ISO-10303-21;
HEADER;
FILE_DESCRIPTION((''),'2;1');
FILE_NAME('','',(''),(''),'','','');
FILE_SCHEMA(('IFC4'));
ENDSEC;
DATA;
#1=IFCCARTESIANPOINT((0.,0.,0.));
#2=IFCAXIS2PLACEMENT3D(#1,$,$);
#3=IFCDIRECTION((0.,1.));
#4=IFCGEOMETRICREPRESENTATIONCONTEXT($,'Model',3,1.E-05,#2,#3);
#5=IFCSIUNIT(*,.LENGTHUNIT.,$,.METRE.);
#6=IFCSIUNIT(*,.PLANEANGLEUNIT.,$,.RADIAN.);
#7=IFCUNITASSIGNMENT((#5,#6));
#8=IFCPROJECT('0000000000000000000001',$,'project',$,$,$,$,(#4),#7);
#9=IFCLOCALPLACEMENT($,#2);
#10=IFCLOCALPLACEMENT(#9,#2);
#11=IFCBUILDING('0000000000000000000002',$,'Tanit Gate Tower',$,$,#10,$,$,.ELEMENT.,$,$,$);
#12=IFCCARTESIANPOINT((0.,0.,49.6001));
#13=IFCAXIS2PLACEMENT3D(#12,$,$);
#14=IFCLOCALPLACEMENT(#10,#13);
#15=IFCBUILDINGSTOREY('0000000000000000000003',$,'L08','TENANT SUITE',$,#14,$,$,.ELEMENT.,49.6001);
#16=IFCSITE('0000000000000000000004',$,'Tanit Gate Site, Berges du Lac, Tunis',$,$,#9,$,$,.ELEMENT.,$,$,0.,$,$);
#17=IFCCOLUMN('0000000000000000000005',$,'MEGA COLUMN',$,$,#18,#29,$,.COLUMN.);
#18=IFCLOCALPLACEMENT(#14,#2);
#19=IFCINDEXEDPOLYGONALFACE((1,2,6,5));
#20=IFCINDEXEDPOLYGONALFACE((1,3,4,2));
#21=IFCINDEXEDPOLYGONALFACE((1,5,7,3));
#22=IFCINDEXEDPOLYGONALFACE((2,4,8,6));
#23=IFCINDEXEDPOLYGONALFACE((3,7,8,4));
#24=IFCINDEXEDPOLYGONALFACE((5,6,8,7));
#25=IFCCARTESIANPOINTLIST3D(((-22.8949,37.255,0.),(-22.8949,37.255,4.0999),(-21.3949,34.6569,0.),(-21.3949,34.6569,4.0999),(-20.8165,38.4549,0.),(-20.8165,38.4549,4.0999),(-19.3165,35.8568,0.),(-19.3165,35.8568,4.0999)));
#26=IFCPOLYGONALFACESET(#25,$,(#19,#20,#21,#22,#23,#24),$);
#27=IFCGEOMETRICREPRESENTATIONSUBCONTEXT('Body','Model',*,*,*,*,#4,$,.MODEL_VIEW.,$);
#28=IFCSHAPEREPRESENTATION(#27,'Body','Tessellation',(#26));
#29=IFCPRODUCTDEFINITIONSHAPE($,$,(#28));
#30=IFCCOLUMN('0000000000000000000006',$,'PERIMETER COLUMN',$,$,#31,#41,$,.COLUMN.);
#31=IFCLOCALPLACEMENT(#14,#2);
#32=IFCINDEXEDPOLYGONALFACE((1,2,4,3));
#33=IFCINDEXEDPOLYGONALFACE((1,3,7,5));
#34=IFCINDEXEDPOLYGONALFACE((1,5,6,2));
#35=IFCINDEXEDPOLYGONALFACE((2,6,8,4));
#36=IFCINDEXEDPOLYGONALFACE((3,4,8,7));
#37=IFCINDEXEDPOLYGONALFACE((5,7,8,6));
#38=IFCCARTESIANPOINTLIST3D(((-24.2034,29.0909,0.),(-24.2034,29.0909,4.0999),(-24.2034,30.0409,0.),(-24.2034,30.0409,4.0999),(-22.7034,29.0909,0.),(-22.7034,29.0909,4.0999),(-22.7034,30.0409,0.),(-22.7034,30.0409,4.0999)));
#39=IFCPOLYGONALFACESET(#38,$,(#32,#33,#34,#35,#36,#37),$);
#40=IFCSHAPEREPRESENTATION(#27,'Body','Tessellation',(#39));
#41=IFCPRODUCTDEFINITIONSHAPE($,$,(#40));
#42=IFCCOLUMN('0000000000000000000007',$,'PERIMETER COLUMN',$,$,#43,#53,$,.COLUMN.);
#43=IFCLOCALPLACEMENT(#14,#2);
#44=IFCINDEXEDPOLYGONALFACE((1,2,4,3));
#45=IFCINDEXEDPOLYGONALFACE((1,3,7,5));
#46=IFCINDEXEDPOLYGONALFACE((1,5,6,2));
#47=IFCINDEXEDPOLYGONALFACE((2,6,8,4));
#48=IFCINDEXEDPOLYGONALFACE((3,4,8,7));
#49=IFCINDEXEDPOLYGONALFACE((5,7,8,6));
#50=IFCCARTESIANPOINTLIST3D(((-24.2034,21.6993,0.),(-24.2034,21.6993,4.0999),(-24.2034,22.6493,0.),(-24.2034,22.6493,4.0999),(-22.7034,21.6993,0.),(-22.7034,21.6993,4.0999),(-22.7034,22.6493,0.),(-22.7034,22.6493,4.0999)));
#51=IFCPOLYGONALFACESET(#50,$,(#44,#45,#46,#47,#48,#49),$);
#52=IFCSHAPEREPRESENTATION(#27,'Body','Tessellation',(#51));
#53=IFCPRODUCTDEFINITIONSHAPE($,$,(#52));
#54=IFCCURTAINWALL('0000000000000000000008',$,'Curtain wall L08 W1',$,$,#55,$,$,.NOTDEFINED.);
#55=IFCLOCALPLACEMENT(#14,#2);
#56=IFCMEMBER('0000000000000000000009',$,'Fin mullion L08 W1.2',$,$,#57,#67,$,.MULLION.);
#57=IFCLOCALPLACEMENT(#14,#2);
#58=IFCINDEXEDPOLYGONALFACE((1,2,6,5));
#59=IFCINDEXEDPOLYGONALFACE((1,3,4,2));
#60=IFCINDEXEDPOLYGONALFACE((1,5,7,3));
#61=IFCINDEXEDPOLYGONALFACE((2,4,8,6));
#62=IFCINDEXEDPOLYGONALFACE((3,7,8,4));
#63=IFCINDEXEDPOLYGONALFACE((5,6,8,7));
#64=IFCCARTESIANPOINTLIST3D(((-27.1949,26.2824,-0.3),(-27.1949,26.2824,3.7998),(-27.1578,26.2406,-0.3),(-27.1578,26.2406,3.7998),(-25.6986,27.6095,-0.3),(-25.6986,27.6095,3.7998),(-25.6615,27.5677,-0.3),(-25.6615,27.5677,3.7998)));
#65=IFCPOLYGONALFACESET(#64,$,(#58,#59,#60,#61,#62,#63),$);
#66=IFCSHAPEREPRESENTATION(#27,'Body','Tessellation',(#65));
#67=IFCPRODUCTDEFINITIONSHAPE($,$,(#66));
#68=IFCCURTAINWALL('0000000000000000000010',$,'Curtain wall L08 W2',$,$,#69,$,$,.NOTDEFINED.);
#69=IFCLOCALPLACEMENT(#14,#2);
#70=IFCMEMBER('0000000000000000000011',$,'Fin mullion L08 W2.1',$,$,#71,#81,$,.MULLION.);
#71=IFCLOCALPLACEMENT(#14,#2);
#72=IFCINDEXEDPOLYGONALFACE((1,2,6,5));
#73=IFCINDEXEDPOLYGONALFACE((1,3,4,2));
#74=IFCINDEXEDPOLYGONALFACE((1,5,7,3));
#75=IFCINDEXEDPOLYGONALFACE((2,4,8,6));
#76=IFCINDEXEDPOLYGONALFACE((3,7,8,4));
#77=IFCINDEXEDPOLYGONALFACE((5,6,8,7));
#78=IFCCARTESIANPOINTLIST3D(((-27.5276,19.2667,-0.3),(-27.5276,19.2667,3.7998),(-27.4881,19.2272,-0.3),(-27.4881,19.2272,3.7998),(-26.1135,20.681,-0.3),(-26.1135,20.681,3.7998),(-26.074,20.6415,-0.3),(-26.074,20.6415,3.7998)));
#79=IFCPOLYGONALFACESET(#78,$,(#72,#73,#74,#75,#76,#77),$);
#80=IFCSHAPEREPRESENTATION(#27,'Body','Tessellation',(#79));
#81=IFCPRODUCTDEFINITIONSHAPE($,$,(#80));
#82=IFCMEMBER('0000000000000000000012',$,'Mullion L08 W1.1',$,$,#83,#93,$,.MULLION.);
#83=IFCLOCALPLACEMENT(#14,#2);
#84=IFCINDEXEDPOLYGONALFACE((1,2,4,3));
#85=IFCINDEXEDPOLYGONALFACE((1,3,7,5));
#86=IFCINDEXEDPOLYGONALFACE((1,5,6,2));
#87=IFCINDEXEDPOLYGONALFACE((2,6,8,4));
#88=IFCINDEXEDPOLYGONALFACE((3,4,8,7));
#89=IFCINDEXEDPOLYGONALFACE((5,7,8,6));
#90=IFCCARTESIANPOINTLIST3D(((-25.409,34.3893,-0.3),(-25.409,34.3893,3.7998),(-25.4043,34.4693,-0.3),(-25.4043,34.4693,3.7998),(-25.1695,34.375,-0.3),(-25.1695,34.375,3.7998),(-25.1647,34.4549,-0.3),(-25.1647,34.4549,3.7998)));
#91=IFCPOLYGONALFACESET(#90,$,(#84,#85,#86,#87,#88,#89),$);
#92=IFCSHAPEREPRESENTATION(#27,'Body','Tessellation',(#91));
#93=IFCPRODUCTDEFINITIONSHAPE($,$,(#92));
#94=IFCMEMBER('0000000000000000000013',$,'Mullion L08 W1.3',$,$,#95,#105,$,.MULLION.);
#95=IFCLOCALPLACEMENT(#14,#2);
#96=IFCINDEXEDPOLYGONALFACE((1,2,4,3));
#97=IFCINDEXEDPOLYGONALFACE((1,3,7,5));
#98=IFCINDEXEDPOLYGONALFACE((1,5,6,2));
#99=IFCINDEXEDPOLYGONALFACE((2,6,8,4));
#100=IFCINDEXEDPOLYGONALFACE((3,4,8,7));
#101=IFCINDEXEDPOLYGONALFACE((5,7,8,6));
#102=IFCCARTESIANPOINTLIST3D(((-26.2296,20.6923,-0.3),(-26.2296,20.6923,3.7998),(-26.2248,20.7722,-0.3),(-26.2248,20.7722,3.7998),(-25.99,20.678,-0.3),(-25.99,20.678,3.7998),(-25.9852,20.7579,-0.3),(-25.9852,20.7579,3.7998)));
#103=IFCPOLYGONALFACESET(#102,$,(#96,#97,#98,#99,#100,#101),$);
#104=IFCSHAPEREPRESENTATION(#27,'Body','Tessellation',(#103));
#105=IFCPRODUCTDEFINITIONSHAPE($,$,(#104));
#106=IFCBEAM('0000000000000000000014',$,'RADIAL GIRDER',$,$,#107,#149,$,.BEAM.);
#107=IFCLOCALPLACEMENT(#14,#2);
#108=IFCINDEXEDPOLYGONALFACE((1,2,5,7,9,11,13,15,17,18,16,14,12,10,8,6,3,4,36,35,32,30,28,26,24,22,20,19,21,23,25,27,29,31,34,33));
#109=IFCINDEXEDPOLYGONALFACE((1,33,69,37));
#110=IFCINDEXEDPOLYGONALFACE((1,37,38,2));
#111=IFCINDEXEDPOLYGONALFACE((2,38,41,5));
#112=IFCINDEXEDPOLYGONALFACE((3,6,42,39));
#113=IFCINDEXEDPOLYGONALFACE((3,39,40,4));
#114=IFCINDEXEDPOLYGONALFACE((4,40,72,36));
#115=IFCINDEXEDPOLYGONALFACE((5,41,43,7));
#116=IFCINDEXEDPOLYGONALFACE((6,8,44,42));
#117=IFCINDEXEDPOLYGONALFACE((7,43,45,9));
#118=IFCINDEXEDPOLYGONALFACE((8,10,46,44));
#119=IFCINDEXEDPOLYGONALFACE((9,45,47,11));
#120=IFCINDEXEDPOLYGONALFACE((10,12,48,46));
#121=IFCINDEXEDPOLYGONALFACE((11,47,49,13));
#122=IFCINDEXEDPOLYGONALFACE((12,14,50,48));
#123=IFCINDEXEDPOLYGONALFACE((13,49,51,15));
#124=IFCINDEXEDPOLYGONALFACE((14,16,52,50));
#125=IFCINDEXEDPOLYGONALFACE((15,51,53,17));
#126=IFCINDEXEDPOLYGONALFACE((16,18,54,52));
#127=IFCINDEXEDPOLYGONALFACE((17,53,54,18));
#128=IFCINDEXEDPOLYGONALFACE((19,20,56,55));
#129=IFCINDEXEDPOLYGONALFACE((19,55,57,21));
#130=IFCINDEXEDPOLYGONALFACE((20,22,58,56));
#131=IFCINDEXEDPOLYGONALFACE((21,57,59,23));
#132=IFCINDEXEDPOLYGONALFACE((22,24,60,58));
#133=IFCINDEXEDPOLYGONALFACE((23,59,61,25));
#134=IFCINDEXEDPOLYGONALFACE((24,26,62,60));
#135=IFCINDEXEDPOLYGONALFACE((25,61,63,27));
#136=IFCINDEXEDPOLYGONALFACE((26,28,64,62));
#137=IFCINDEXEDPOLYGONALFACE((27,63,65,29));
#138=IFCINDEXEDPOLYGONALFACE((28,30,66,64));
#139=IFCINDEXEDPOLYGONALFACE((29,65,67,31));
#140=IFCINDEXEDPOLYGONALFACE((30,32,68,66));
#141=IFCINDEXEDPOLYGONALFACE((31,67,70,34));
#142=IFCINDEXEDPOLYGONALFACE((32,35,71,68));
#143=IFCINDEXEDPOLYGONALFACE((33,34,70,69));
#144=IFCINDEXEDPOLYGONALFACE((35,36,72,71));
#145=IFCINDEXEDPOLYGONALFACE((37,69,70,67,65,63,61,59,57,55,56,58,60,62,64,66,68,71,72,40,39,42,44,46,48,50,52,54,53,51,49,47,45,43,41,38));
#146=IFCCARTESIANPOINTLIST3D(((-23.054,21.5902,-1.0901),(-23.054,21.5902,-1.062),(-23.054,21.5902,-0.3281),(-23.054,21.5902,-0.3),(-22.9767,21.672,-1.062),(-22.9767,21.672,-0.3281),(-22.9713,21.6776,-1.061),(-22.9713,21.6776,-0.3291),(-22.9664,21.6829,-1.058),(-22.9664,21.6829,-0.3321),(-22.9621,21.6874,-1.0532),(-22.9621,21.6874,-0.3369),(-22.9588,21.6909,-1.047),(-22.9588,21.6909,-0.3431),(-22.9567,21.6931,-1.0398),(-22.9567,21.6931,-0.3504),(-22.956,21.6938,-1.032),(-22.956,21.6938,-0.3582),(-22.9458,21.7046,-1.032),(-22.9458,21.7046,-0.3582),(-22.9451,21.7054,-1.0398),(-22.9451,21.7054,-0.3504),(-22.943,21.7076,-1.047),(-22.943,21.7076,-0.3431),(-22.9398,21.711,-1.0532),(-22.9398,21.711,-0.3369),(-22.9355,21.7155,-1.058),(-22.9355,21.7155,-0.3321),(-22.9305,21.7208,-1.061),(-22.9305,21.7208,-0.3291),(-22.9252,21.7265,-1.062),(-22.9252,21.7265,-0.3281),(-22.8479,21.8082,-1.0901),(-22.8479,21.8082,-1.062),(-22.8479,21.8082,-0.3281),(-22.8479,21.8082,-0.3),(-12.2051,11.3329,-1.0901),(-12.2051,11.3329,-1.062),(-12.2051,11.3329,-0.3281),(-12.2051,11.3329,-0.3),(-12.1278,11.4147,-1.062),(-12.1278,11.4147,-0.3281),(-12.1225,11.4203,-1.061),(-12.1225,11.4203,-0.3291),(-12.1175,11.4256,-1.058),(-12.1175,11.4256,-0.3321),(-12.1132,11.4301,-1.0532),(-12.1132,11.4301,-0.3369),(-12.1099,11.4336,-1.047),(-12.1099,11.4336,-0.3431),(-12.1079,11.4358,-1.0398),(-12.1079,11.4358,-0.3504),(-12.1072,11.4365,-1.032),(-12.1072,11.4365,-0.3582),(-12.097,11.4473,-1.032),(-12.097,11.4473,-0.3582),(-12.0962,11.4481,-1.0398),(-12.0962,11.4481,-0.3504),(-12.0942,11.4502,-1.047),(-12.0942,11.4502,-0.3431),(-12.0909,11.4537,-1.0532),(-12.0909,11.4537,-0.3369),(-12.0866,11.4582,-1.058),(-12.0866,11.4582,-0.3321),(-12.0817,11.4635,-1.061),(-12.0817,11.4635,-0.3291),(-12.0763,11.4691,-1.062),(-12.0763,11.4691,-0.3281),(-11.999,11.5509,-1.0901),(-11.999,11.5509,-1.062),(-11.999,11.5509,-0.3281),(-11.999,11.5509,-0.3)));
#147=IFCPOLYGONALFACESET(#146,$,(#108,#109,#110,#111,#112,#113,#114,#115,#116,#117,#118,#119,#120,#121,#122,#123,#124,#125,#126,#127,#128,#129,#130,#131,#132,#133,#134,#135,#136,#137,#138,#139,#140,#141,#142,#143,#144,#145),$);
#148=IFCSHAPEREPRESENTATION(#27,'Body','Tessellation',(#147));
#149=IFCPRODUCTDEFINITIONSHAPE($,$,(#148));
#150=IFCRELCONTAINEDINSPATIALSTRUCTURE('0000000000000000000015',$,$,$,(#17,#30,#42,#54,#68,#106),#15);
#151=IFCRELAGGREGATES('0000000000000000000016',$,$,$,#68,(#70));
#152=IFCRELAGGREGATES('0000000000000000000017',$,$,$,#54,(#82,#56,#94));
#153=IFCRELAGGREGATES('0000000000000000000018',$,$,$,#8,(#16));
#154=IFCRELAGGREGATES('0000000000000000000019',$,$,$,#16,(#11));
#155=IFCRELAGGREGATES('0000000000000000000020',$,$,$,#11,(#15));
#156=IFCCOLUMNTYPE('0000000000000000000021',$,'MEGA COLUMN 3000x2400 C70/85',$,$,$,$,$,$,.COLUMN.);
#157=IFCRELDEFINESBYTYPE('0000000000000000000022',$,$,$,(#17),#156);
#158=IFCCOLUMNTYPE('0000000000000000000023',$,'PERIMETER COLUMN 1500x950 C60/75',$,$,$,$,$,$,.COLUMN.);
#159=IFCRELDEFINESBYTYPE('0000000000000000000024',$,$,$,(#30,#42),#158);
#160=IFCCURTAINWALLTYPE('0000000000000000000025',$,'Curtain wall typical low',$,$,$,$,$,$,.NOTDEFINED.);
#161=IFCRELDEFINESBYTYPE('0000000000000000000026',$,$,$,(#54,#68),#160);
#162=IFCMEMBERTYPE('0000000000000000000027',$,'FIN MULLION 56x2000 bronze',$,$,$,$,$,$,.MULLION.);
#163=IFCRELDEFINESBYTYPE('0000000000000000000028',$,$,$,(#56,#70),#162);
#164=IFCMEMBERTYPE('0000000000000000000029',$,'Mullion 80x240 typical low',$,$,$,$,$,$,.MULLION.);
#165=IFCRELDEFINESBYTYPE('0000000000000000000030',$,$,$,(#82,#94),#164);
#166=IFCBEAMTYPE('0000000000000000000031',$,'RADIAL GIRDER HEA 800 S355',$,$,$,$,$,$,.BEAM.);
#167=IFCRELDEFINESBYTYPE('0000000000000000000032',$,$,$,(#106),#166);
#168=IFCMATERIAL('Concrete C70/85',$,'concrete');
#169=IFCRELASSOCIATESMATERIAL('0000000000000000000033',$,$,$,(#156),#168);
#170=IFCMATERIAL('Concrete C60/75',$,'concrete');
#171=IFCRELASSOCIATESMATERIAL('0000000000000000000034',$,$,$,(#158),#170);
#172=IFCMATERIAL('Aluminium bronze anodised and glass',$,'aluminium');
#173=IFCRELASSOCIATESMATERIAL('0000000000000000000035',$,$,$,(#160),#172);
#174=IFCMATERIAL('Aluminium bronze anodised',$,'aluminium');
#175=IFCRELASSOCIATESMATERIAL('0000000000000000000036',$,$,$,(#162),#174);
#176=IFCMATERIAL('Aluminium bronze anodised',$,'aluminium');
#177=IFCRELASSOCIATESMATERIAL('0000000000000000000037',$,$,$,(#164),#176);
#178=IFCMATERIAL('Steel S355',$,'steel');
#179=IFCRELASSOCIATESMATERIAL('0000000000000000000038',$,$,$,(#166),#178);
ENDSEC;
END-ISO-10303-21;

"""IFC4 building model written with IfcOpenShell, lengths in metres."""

from ifc_helpers import new_model, si_unit, direction, frame, origin, origin_2d, place, context, subcontext, project, spatial, rectangle, i_section, extrude, material, material_profile, profile_set, type_object, element, aggregate, save


model = new_model("IFC4")

# Units and contexts
model_context = context("Model", 3, precision=1e-05, world=origin(), true_north=direction((0.0, 1.0)))
body_context = subcontext(model_context, "Body", "Model", "MODEL_VIEW")
ifc_project = project(units=[si_unit("LENGTHUNIT", "METRE"), si_unit("PLANEANGLEUNIT", "RADIAN")], contexts=[model_context])

# Site, building, storey
site_placement = place(None, origin())
site = spatial("IfcSite", under=ifc_project, at=site_placement, Name="Tanit Gate Site, Berges du Lac, Tunis", CompositionType="ELEMENT", RefElevation=0.0)
building_placement = place(site_placement, origin())
building = spatial("IfcBuilding", under=site, at=building_placement, Name="Tanit Gate Tower", CompositionType="ELEMENT")
storey_placement = place(building_placement, frame((0.0, 0.0, 49.6001)))
storey = spatial("IfcBuildingStorey", under=building, at=storey_placement, Name="L08", Description="TENANT SUITE", CompositionType="ELEMENT", Elevation=49.6001)

# Columns
ifc_material_1 = material(Name="Concrete C70/85", Category="concrete")
ifc_material_profile_1 = material_profile(ifc_material_1, rectangle(XDim=3.0, YDim=2.3999, at=origin_2d()), Name="RC 3000x2400")
ifc_profile_set_1 = profile_set([ifc_material_profile_1], Name="Concrete C70/85")
column_type_1 = type_object("IfcColumnType", Name="MEGA COLUMN 3000x2400 C70/85", PredefinedType="COLUMN", material=ifc_profile_set_1)
column_placement = place(storey_placement, frame((-21.1057, 36.5559, 0.0), z_axis=(0.0, 0.0, 1.0), x_axis=(-0.5, 0.866025, 0.0)))
element("IfcColumn", 1, at=column_placement, inside=storey, type_object=column_type_1, Name="MEGA COLUMN", PredefinedType="COLUMN", context=body_context, shape_type="SweptSolid", body=[
    extrude(rectangle(XDim=3.0, YDim=2.3999, at=origin_2d()), origin(), (0.0, 0.0, 1.0), 4.0999),
])
ifc_material_2 = material(Name="Concrete C60/75", Category="concrete")
ifc_material_profile_2 = material_profile(ifc_material_2, rectangle(XDim=1.5, YDim=0.95, at=origin_2d()), Name="RC 1500x950")
ifc_profile_set_2 = profile_set([ifc_material_profile_2], Name="Concrete C60/75")
column_type_2 = type_object("IfcColumnType", Name="PERIMETER COLUMN 1500x950 C60/75", PredefinedType="COLUMN", material=ifc_profile_set_2)
for number, where, z_axis, x_axis, name in (
    (2, (-23.4534, 29.5659, 0.0), (0.0, 0.0, 1.0), (-1.0, 0.0, 0.0), "PERIMETER COLUMN"),
    (3, (-23.4534, 22.1743, 0.0), (0.0, 0.0, 1.0), (-1.0, 0.0, 0.0), "PERIMETER COLUMN"),
):
    element("IfcColumn", number, at=place(storey_placement, frame(where, z_axis=z_axis, x_axis=x_axis)), inside=storey, type_object=column_type_2, Name=name, PredefinedType="COLUMN", context=body_context, shape_type="SweptSolid", body=[
        extrude(rectangle(XDim=1.5, YDim=0.95, at=origin_2d()), origin(), (0.0, 0.0, 1.0), 4.0999),
    ])

# Curtain walls, members
ifc_material_3 = material(Name="Aluminium bronze anodised and glass", Category="aluminium")
curtain_wall_type = type_object("IfcCurtainWallType", Name="Curtain wall typical low", PredefinedType="NOTDEFINED", material=ifc_material_3)
curtain_wall_1_placement = place(storey_placement, origin())
curtain_wall_1 = element("IfcCurtainWall", 4, at=curtain_wall_1_placement, inside=storey, type_object=curtain_wall_type, Name="Curtain wall L08 W1", PredefinedType="NOTDEFINED")
ifc_material_4 = material(Name="Aluminium bronze anodised", Category="aluminium")
ifc_material_profile_3 = material_profile(ifc_material_4, rectangle(XDim=2.0, YDim=0.0559, at=origin_2d()), Name="56x2000 bronze fin mullion")
ifc_profile_set_3 = profile_set([ifc_material_profile_3], Name="Aluminium bronze anodised")
member_type_1 = type_object("IfcMemberType", Name="FIN MULLION 56x2000 bronze", PredefinedType="MULLION", material=ifc_profile_set_3)
member_1_placement = place(storey_placement, frame((-26.4282, 26.925, -0.3), z_axis=(0.0, 0.0, 1.0), x_axis=(0.748134, 0.663548, 0.0)))
member_1 = element("IfcMember", 5, at=member_1_placement, type_object=member_type_1, Name="Fin mullion L08 W1.2", PredefinedType="MULLION", context=body_context, shape_type="SweptSolid", body=[
    extrude(rectangle(XDim=2.0, YDim=0.0559, at=origin_2d()), origin(), (0.0, 0.0, 1.0), 4.0999),
])
curtain_wall_2_placement = place(storey_placement, origin())
curtain_wall_2 = element("IfcCurtainWall", 6, at=curtain_wall_2_placement, inside=storey, type_object=curtain_wall_type, Name="Curtain wall L08 W2", PredefinedType="NOTDEFINED")
member_2_placement = place(storey_placement, frame((-26.8008, 19.9541, -0.3), z_axis=(0.0, 0.0, 1.0), x_axis=(0.707058, 0.707156, 0.0)))
member_2 = element("IfcMember", 7, at=member_2_placement, type_object=member_type_1, Name="Fin mullion L08 W2.1", PredefinedType="MULLION", context=body_context, shape_type="SweptSolid", body=[
    extrude(rectangle(XDim=2.0, YDim=0.0559, at=origin_2d()), origin(), (0.0, 0.0, 1.0), 4.0999),
])

# Members
ifc_material_5 = material(Name="Aluminium bronze anodised", Category="aluminium")
ifc_material_profile_4 = material_profile(ifc_material_5, rectangle(XDim=0.24, YDim=0.0801, at=origin_2d()), Name="80x240 bronze mullion")
ifc_profile_set_4 = profile_set([ifc_material_profile_4], Name="Aluminium bronze anodised")
member_type_2 = type_object("IfcMemberType", Name="Mullion 80x240 typical low", PredefinedType="MULLION", material=ifc_profile_set_4)
member_3_placement = place(storey_placement, frame((-25.2869, 34.4221, -0.3), z_axis=(0.0, 0.0, 1.0), x_axis=(0.99821, -0.059812, 0.0)))
member_3 = element("IfcMember", 8, at=member_3_placement, type_object=member_type_2, Name="Mullion L08 W1.1", PredefinedType="MULLION", context=body_context, shape_type="SweptSolid", body=[
    extrude(rectangle(XDim=0.24, YDim=0.0801, at=origin_2d()), origin(), (0.0, 0.0, 1.0), 4.0999),
])
member_4_placement = place(storey_placement, frame((-26.1074, 20.7251, -0.3), z_axis=(0.0, 0.0, 1.0), x_axis=(0.99821, -0.059812, 0.0)))
member_4 = element("IfcMember", 9, at=member_4_placement, type_object=member_type_2, Name="Mullion L08 W1.3", PredefinedType="MULLION", context=body_context, shape_type="SweptSolid", body=[
    extrude(rectangle(XDim=0.24, YDim=0.0801, at=origin_2d()), origin(), (0.0, 0.0, 1.0), 4.0999),
])

# Beam
ifc_material_6 = material(Name="Steel S355", Category="steel")
ifc_material_profile_5 = material_profile(ifc_material_6, i_section(OverallWidth=0.3, OverallDepth=0.79, WebThickness=0.0149, FlangeThickness=0.0281, FilletRadius=0.03, at=origin_2d()), Name="HEA 800")
ifc_profile_set_5 = profile_set([ifc_material_profile_5], Name="Steel S355")
beam_type_1 = type_object("IfcBeamType", Name="RADIAL GIRDER HEA 800 S355", PredefinedType="BEAM", material=ifc_profile_set_5)
beam_1_placement = place(storey_placement, frame((-22.9509, 21.6992, -0.6951), z_axis=(0.72664, -0.687019, 0.0), x_axis=(0.687019, 0.72664, 0.0)))
element("IfcBeam", 10, at=beam_1_placement, inside=storey, type_object=beam_type_1, Name="RADIAL GIRDER", PredefinedType="BEAM", context=body_context, shape_type="SweptSolid", body=[
    extrude(i_section(OverallWidth=0.3, OverallDepth=0.79, WebThickness=0.0149, FlangeThickness=0.0281, FilletRadius=0.03, at=origin_2d()), origin(), (0.0, 0.0, 1.0), 14.9302),
])

aggregate(curtain_wall_2, [member_2])

aggregate(curtain_wall_1, [member_3, member_1, member_4])

save(model, "model.ifc")
